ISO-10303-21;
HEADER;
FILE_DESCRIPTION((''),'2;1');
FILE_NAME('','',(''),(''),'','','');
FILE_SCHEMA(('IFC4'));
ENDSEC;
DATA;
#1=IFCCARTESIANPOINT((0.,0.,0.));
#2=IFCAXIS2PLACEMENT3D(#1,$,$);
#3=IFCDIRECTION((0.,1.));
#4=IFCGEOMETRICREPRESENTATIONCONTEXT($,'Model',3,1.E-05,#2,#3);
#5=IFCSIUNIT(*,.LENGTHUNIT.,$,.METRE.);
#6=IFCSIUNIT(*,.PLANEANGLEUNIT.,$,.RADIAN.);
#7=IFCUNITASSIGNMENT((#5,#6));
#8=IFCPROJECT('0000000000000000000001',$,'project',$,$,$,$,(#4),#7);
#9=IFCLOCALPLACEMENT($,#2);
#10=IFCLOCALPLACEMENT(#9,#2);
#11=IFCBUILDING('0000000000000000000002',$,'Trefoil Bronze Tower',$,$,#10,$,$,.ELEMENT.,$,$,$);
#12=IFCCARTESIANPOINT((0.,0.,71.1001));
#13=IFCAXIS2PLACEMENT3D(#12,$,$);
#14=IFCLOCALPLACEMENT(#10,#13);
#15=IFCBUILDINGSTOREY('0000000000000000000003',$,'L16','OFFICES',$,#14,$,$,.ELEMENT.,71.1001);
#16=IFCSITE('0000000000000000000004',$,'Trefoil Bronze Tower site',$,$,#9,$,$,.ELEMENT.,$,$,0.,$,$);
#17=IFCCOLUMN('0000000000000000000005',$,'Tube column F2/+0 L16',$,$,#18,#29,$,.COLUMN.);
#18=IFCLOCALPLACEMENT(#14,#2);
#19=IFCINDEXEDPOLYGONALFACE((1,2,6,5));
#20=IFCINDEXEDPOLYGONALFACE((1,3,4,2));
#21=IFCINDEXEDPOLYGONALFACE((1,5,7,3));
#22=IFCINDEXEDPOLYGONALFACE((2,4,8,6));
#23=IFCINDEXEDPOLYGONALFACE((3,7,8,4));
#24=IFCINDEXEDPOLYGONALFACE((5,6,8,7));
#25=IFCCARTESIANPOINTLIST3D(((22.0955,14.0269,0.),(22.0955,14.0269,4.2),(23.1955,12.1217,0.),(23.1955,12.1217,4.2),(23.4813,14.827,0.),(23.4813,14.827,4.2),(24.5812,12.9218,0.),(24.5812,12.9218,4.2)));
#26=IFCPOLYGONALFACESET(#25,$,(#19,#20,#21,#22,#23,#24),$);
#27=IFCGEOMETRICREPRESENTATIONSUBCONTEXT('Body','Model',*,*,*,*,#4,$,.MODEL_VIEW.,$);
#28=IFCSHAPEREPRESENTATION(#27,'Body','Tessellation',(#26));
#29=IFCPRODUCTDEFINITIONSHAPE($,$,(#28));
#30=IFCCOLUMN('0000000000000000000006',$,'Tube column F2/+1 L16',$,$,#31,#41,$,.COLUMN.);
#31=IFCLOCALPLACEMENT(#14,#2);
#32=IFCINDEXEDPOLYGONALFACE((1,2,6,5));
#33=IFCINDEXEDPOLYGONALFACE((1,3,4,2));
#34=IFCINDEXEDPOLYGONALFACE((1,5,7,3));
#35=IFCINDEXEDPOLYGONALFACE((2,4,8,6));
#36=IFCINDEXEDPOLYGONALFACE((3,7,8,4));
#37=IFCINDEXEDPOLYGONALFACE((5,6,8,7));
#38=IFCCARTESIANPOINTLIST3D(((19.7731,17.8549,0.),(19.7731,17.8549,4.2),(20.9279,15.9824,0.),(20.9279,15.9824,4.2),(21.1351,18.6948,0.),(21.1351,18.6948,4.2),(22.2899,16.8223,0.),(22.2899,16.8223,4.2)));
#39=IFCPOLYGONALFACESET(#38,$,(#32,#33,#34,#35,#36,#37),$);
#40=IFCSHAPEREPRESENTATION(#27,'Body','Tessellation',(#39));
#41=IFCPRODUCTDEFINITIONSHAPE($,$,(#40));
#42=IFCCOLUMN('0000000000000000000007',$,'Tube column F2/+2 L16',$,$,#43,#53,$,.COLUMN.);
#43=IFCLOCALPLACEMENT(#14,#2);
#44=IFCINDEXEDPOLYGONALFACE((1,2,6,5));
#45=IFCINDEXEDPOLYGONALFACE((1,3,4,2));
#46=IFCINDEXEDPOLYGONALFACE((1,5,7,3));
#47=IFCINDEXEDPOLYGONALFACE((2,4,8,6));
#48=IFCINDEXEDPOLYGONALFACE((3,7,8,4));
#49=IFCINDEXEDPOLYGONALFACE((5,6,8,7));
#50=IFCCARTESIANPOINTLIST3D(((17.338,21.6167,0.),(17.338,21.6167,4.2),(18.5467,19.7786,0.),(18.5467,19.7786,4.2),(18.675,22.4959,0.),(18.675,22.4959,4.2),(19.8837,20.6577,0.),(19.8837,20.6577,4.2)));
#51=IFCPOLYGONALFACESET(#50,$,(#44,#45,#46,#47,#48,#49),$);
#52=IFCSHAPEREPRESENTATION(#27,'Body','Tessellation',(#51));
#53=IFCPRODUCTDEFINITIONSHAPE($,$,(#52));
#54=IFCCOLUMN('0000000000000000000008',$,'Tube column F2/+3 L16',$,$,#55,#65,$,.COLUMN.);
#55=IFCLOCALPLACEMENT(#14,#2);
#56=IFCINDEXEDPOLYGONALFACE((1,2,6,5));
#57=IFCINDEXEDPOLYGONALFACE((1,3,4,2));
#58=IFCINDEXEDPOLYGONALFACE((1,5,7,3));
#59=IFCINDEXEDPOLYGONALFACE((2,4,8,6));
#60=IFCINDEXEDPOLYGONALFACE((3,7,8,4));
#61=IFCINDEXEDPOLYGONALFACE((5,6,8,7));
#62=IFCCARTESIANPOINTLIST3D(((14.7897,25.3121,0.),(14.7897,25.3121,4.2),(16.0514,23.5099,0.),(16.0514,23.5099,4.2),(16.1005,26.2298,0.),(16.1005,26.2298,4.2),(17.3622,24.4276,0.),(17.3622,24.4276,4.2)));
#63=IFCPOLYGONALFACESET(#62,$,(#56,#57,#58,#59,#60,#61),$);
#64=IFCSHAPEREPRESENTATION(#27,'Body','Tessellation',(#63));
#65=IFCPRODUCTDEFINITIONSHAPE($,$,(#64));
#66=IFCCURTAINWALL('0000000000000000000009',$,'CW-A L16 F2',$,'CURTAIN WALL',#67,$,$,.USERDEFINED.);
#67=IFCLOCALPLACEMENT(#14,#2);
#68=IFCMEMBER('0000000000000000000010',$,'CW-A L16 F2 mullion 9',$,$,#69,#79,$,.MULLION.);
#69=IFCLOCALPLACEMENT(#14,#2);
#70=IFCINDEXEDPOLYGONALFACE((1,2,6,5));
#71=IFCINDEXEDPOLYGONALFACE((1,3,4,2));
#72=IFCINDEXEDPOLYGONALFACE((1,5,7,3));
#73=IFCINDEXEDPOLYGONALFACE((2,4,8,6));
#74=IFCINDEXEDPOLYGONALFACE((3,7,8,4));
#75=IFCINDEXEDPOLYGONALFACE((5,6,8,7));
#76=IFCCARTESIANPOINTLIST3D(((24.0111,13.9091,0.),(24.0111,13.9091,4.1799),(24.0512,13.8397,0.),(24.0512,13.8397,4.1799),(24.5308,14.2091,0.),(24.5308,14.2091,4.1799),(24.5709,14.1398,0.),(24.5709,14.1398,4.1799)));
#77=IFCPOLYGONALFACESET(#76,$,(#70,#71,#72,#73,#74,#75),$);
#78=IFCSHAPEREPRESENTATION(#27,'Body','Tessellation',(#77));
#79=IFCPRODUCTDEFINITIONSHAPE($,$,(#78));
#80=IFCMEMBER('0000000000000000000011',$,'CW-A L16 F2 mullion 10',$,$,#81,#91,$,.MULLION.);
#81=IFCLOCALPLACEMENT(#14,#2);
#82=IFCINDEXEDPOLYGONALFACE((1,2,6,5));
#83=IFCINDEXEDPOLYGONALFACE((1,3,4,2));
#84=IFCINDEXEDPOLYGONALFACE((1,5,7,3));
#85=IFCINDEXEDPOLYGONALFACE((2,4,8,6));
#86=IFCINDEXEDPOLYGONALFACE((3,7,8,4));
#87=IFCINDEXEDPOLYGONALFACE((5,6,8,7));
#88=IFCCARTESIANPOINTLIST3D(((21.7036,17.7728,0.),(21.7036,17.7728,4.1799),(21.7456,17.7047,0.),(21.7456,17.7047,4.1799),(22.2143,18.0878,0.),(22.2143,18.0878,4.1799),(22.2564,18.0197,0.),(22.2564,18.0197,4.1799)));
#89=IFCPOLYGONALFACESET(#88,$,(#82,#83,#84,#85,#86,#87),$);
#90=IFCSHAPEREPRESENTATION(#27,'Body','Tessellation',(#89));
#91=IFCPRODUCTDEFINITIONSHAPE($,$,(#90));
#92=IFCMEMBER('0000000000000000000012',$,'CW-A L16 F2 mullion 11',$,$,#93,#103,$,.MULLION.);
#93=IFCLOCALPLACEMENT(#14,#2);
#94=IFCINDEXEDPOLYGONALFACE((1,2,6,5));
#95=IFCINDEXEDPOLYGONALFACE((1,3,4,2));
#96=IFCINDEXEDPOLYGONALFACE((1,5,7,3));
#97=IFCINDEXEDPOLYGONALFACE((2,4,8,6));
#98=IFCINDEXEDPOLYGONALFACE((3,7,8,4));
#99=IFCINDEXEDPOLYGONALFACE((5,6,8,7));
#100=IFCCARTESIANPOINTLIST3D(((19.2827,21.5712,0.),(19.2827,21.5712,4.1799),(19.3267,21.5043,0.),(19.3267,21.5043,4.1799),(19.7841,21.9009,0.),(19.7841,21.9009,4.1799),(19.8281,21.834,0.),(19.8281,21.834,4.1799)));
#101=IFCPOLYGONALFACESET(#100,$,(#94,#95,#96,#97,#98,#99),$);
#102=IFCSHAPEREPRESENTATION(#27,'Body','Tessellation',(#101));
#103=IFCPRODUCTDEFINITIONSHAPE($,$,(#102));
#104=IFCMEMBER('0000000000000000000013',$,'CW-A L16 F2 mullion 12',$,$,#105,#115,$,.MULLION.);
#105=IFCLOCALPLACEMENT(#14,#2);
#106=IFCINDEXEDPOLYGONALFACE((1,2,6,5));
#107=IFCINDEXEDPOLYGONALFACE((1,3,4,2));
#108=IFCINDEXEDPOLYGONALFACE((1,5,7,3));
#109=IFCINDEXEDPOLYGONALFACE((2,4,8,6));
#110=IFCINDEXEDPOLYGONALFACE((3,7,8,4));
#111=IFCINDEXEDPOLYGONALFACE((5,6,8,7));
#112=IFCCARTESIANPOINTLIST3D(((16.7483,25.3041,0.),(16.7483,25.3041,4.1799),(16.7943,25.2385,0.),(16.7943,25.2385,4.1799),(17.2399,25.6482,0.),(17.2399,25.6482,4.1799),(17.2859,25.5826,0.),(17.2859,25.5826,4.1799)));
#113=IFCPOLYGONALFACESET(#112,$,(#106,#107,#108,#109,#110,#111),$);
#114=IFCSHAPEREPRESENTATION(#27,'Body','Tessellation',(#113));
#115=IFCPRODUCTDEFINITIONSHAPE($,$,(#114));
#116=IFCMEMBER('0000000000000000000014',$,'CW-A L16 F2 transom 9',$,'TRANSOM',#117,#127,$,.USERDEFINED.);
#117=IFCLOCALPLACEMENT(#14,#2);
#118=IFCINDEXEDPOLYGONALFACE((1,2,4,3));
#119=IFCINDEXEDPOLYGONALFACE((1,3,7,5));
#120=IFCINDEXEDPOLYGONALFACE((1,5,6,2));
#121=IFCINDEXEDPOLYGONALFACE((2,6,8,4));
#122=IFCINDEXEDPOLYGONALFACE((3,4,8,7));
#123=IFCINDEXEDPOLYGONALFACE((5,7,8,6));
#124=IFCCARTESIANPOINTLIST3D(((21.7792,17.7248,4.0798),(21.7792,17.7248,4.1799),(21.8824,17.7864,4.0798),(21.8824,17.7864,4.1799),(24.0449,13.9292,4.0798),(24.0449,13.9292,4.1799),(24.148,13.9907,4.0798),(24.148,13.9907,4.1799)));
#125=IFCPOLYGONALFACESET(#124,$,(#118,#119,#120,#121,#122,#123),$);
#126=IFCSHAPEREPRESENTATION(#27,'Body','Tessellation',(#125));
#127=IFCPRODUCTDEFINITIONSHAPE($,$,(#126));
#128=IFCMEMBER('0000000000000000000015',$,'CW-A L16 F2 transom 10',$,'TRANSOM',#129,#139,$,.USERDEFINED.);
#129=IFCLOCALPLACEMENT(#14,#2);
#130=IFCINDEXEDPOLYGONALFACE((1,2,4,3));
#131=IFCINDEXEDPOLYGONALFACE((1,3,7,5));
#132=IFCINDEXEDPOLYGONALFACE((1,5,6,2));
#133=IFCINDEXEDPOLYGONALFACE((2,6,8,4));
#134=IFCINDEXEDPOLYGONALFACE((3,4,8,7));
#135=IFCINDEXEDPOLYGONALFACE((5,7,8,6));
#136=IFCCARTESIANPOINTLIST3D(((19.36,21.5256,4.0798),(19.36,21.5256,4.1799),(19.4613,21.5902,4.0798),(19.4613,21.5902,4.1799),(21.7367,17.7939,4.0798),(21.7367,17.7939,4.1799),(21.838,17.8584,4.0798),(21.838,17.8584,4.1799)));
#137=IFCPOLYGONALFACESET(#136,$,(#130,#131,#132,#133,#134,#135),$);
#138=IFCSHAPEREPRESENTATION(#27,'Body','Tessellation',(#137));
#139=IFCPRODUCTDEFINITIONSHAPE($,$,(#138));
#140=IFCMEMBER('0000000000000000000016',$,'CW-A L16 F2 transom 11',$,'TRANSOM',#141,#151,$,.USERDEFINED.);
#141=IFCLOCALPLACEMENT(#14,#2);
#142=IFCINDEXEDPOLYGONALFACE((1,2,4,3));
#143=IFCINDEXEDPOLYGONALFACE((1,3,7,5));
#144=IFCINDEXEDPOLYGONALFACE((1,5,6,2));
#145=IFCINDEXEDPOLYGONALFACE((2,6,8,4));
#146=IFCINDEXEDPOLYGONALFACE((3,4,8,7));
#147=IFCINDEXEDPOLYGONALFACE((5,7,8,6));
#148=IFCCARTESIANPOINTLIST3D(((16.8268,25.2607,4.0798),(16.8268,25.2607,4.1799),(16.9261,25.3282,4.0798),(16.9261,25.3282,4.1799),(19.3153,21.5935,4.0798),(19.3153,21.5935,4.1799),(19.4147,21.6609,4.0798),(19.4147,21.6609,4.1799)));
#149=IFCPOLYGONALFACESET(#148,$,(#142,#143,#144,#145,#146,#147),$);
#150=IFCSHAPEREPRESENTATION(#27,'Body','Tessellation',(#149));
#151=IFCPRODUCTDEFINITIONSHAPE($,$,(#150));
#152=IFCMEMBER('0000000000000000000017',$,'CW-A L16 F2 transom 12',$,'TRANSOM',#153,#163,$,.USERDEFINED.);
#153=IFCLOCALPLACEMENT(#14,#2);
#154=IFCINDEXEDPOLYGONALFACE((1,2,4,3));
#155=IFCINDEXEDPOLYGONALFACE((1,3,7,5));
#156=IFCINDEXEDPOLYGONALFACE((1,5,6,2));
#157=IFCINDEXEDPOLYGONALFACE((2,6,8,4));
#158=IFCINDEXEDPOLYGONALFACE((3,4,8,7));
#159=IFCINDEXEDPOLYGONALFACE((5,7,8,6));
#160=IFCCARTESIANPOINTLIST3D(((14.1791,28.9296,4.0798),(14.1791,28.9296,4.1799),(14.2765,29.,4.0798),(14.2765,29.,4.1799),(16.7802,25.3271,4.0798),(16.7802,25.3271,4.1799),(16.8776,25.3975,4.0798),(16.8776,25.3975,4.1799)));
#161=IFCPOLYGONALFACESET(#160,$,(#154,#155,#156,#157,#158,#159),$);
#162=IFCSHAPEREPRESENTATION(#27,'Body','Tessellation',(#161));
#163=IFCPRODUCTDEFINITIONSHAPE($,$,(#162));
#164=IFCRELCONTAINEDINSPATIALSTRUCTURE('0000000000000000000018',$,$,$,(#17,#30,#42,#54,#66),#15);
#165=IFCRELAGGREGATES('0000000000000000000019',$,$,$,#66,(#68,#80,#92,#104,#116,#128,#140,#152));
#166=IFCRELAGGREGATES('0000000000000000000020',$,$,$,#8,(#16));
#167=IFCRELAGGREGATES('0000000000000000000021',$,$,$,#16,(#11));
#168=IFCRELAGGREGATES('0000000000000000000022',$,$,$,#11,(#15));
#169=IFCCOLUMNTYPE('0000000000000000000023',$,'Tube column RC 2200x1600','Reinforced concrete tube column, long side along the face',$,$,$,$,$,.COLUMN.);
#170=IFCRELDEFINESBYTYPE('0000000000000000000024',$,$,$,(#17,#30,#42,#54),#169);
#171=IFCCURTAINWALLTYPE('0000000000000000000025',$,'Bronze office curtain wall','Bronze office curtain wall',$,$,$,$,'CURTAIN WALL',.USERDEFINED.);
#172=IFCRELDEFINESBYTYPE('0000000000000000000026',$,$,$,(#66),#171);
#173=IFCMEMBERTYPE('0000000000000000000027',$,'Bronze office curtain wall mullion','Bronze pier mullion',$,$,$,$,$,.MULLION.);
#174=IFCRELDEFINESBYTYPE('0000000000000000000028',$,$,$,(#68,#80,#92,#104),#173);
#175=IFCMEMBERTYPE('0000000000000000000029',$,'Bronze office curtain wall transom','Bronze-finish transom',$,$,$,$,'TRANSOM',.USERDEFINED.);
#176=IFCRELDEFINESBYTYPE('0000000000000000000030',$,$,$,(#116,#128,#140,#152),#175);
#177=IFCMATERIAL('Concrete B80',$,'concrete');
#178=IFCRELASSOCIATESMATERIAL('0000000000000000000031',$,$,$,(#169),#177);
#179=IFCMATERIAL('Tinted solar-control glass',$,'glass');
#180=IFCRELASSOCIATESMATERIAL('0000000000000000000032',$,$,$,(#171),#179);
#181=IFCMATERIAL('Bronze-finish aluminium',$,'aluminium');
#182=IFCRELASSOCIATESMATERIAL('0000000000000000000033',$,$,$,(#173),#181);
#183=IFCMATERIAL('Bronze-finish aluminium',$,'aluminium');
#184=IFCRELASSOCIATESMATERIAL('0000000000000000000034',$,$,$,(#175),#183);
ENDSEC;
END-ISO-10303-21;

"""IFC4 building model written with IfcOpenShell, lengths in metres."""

from ifc_helpers import new_model, si_unit, direction, frame, origin, origin_2d, place, context, subcontext, project, spatial, rectangle, extrude, material, material_profile, profile_set, type_object, element, aggregate, save


model = new_model("IFC4")

# Units and contexts
model_context = context("Model", 3, precision=1e-05, world=origin(), true_north=direction((0.0, 1.0)))
body_context = subcontext(model_context, "Body", "Model", "MODEL_VIEW")
ifc_project = project(units=[si_unit("LENGTHUNIT", "METRE"), si_unit("PLANEANGLEUNIT", "RADIAN")], contexts=[model_context])

# Site, building, storey
site_placement = place(None, origin())
site = spatial("IfcSite", under=ifc_project, at=site_placement, Name="Trefoil Bronze Tower site", CompositionType="ELEMENT", RefElevation=0.0)
building_placement = place(site_placement, origin())
building = spatial("IfcBuilding", under=site, at=building_placement, Name="Trefoil Bronze Tower", CompositionType="ELEMENT")
storey_placement = place(building_placement, frame((0.0, 0.0, 71.1001)))
storey = spatial("IfcBuildingStorey", under=building, at=storey_placement, Name="L16", Description="OFFICES", CompositionType="ELEMENT", Elevation=71.1001)

# Columns
ifc_material_1 = material(Name="Concrete B80", Category="concrete")
ifc_material_profile_1 = material_profile(ifc_material_1, rectangle(XDim=2.2, YDim=1.6001, at=origin_2d()), Name="RC 2200x1600")
ifc_profile_set_1 = profile_set([ifc_material_profile_1], Name="Concrete B80")
column_type = type_object("IfcColumnType", Name="Tube column RC 2200x1600", Description="Reinforced concrete tube column, long side along the face", PredefinedType="COLUMN", material=ifc_profile_set_1)
for number, where, z_axis, x_axis, name in (
    (1, (23.3384, 13.4744, 0.0), (0.0, 0.0, 1.0), (-0.5, 0.866025, 0.0), "Tube column F2/+0 L16"),
    (2, (21.0315, 17.3386, 0.0), (0.0, 0.0, 1.0), (-0.524923, 0.85115, 0.0), "Tube column F2/+1 L16"),
    (3, (18.6108, 21.1372, 0.0), (0.0, 0.0, 1.0), (-0.549424, 0.835544, 0.0), "Tube column F2/+2 L16"),
    (4, (16.0759, 24.8699, 0.0), (0.0, 0.0, 1.0), (-0.573502, 0.819204, 0.0), "Tube column F2/+3 L16"),
):
    element("IfcColumn", number, at=place(storey_placement, frame(where, z_axis=z_axis, x_axis=x_axis)), inside=storey, type_object=column_type, Name=name, PredefinedType="COLUMN", context=body_context, shape_type="SweptSolid", body=[
        extrude(rectangle(XDim=2.2, YDim=1.6001, at=origin_2d()), origin(), (0.0, 0.0, 1.0), 4.2),
    ])

# Curtain wall, members
ifc_material_2 = material(Name="Tinted solar-control glass", Category="glass")
curtain_wall_type = type_object("IfcCurtainWallType", Name="Bronze office curtain wall", Description="Bronze office curtain wall", ElementType="CURTAIN WALL", PredefinedType="USERDEFINED", material=ifc_material_2)
curtain_wall_placement = place(storey_placement, origin())
curtain_wall = element("IfcCurtainWall", 5, at=curtain_wall_placement, inside=storey, type_object=curtain_wall_type, Name="CW-A L16 F2", ObjectType="CURTAIN WALL", PredefinedType="USERDEFINED")
ifc_material_3 = material(Name="Bronze-finish aluminium", Category="aluminium")
ifc_material_profile_2 = material_profile(ifc_material_3, rectangle(XDim=0.6001, YDim=0.0801, at=origin_2d()), Name="CW-A mullion")
ifc_profile_set_2 = profile_set([ifc_material_profile_2], Name="Bronze-finish aluminium")
member_type_1 = type_object("IfcMemberType", Name="Bronze office curtain wall mullion", Description="Bronze pier mullion", PredefinedType="MULLION", material=ifc_profile_set_2)
member_1_placement = place(storey_placement, frame((24.291, 14.0244, 0.0), z_axis=(0.0, 0.0, 1.0), x_axis=(-0.866025, -0.5, 0.0)))
member_1 = element("IfcMember", 6, at=member_1_placement, type_object=member_type_1, Name="CW-A L16 F2 mullion 9", PredefinedType="MULLION", context=body_context, shape_type="SweptSolid", body=[
    extrude(rectangle(XDim=0.6001, YDim=0.0801, at=origin_2d()), origin(), (0.0, 0.0, 1.0), 4.1799),
])
member_2_placement = place(storey_placement, frame((21.98, 17.8962, 0.0), z_axis=(0.0, 0.0, 1.0), x_axis=(-0.85115, -0.524923, 0.0)))
member_2 = element("IfcMember", 7, at=member_2_placement, type_object=member_type_1, Name="CW-A L16 F2 mullion 10", PredefinedType="MULLION", context=body_context, shape_type="SweptSolid", body=[
    extrude(rectangle(XDim=0.6001, YDim=0.0801, at=origin_2d()), origin(), (0.0, 0.0, 1.0), 4.1799),
])
member_3_placement = place(storey_placement, frame((19.5554, 21.7026, 0.0), z_axis=(0.0, 0.0, 1.0), x_axis=(-0.835544, -0.549424, 0.0)))
member_3 = element("IfcMember", 8, at=member_3_placement, type_object=member_type_1, Name="CW-A L16 F2 mullion 11", PredefinedType="MULLION", context=body_context, shape_type="SweptSolid", body=[
    extrude(rectangle(XDim=0.6001, YDim=0.0801, at=origin_2d()), origin(), (0.0, 0.0, 1.0), 4.1799),
])
member_4_placement = place(storey_placement, frame((17.0171, 25.4434, 0.0), z_axis=(0.0, 0.0, 1.0), x_axis=(-0.819204, -0.573502, 0.0)))
member_4 = element("IfcMember", 9, at=member_4_placement, type_object=member_type_1, Name="CW-A L16 F2 mullion 12", PredefinedType="MULLION", context=body_context, shape_type="SweptSolid", body=[
    extrude(rectangle(XDim=0.6001, YDim=0.0801, at=origin_2d()), origin(), (0.0, 0.0, 1.0), 4.1799),
])
ifc_material_4 = material(Name="Bronze-finish aluminium", Category="aluminium")
ifc_material_profile_3 = material_profile(ifc_material_4, rectangle(XDim=0.1201, YDim=0.1001, at=origin_2d()), Name="CW-A transom")
ifc_profile_set_3 = profile_set([ifc_material_profile_3], Name="Bronze-finish aluminium")
member_type_2 = type_object("IfcMemberType", Name="Bronze office curtain wall transom", Description="Bronze-finish transom", ElementType="TRANSOM", PredefinedType="USERDEFINED", material=ifc_profile_set_3)
member_5_placement = place(storey_placement, frame((24.0964, 13.96, 4.1299), z_axis=(-0.512537, 0.858665, 0.0), x_axis=(-0.858665, -0.512537, 0.0)))
member_5 = element("IfcMember", 10, at=member_5_placement, type_object=member_type_2, Name="CW-A L16 F2 transom 9", ObjectType="TRANSOM", PredefinedType="USERDEFINED", context=body_context, shape_type="SweptSolid", body=[
    extrude(rectangle(XDim=0.1201, YDim=0.1001, at=origin_2d()), origin(), (0.0, 0.0, 1.0), 4.4204),
])
member_6_placement = place(storey_placement, frame((21.7874, 17.8262, 4.1299), z_axis=(-0.537197, 0.843457, 0.0), x_axis=(-0.843457, -0.537197, 0.0)))
member_6 = element("IfcMember", 11, at=member_6_placement, type_object=member_type_2, Name="CW-A L16 F2 transom 10", ObjectType="TRANSOM", PredefinedType="USERDEFINED", context=body_context, shape_type="SweptSolid", body=[
    extrude(rectangle(XDim=0.1201, YDim=0.1001, at=origin_2d()), origin(), (0.0, 0.0, 1.0), 4.4243),
])
member_7_placement = place(storey_placement, frame((19.365, 21.6272, 4.1299), z_axis=(-0.561508, 0.827471, 0.0), x_axis=(-0.827471, -0.561508, 0.0)))
member_7 = element("IfcMember", 12, at=member_7_placement, type_object=member_type_2, Name="CW-A L16 F2 transom 11", ObjectType="TRANSOM", PredefinedType="USERDEFINED", context=body_context, shape_type="SweptSolid", body=[
    extrude(rectangle(XDim=0.1201, YDim=0.1001, at=origin_2d()), origin(), (0.0, 0.0, 1.0), 4.4319),
])
member_8_placement = place(storey_placement, frame((16.8289, 25.3623, 4.1299), z_axis=(-0.585378, 0.81076, 0.0), x_axis=(-0.81076, -0.585378, 0.0)))
member_8 = element("IfcMember", 13, at=member_8_placement, type_object=member_type_2, Name="CW-A L16 F2 transom 12", ObjectType="TRANSOM", PredefinedType="USERDEFINED", context=body_context, shape_type="SweptSolid", body=[
    extrude(rectangle(XDim=0.1201, YDim=0.1001, at=origin_2d()), origin(), (0.0, 0.0, 1.0), 4.4434),
])

aggregate(curtain_wall, [member_1, member_2, member_3, member_4, member_5, member_6, member_7, member_8])

save(model, "model.ifc")
